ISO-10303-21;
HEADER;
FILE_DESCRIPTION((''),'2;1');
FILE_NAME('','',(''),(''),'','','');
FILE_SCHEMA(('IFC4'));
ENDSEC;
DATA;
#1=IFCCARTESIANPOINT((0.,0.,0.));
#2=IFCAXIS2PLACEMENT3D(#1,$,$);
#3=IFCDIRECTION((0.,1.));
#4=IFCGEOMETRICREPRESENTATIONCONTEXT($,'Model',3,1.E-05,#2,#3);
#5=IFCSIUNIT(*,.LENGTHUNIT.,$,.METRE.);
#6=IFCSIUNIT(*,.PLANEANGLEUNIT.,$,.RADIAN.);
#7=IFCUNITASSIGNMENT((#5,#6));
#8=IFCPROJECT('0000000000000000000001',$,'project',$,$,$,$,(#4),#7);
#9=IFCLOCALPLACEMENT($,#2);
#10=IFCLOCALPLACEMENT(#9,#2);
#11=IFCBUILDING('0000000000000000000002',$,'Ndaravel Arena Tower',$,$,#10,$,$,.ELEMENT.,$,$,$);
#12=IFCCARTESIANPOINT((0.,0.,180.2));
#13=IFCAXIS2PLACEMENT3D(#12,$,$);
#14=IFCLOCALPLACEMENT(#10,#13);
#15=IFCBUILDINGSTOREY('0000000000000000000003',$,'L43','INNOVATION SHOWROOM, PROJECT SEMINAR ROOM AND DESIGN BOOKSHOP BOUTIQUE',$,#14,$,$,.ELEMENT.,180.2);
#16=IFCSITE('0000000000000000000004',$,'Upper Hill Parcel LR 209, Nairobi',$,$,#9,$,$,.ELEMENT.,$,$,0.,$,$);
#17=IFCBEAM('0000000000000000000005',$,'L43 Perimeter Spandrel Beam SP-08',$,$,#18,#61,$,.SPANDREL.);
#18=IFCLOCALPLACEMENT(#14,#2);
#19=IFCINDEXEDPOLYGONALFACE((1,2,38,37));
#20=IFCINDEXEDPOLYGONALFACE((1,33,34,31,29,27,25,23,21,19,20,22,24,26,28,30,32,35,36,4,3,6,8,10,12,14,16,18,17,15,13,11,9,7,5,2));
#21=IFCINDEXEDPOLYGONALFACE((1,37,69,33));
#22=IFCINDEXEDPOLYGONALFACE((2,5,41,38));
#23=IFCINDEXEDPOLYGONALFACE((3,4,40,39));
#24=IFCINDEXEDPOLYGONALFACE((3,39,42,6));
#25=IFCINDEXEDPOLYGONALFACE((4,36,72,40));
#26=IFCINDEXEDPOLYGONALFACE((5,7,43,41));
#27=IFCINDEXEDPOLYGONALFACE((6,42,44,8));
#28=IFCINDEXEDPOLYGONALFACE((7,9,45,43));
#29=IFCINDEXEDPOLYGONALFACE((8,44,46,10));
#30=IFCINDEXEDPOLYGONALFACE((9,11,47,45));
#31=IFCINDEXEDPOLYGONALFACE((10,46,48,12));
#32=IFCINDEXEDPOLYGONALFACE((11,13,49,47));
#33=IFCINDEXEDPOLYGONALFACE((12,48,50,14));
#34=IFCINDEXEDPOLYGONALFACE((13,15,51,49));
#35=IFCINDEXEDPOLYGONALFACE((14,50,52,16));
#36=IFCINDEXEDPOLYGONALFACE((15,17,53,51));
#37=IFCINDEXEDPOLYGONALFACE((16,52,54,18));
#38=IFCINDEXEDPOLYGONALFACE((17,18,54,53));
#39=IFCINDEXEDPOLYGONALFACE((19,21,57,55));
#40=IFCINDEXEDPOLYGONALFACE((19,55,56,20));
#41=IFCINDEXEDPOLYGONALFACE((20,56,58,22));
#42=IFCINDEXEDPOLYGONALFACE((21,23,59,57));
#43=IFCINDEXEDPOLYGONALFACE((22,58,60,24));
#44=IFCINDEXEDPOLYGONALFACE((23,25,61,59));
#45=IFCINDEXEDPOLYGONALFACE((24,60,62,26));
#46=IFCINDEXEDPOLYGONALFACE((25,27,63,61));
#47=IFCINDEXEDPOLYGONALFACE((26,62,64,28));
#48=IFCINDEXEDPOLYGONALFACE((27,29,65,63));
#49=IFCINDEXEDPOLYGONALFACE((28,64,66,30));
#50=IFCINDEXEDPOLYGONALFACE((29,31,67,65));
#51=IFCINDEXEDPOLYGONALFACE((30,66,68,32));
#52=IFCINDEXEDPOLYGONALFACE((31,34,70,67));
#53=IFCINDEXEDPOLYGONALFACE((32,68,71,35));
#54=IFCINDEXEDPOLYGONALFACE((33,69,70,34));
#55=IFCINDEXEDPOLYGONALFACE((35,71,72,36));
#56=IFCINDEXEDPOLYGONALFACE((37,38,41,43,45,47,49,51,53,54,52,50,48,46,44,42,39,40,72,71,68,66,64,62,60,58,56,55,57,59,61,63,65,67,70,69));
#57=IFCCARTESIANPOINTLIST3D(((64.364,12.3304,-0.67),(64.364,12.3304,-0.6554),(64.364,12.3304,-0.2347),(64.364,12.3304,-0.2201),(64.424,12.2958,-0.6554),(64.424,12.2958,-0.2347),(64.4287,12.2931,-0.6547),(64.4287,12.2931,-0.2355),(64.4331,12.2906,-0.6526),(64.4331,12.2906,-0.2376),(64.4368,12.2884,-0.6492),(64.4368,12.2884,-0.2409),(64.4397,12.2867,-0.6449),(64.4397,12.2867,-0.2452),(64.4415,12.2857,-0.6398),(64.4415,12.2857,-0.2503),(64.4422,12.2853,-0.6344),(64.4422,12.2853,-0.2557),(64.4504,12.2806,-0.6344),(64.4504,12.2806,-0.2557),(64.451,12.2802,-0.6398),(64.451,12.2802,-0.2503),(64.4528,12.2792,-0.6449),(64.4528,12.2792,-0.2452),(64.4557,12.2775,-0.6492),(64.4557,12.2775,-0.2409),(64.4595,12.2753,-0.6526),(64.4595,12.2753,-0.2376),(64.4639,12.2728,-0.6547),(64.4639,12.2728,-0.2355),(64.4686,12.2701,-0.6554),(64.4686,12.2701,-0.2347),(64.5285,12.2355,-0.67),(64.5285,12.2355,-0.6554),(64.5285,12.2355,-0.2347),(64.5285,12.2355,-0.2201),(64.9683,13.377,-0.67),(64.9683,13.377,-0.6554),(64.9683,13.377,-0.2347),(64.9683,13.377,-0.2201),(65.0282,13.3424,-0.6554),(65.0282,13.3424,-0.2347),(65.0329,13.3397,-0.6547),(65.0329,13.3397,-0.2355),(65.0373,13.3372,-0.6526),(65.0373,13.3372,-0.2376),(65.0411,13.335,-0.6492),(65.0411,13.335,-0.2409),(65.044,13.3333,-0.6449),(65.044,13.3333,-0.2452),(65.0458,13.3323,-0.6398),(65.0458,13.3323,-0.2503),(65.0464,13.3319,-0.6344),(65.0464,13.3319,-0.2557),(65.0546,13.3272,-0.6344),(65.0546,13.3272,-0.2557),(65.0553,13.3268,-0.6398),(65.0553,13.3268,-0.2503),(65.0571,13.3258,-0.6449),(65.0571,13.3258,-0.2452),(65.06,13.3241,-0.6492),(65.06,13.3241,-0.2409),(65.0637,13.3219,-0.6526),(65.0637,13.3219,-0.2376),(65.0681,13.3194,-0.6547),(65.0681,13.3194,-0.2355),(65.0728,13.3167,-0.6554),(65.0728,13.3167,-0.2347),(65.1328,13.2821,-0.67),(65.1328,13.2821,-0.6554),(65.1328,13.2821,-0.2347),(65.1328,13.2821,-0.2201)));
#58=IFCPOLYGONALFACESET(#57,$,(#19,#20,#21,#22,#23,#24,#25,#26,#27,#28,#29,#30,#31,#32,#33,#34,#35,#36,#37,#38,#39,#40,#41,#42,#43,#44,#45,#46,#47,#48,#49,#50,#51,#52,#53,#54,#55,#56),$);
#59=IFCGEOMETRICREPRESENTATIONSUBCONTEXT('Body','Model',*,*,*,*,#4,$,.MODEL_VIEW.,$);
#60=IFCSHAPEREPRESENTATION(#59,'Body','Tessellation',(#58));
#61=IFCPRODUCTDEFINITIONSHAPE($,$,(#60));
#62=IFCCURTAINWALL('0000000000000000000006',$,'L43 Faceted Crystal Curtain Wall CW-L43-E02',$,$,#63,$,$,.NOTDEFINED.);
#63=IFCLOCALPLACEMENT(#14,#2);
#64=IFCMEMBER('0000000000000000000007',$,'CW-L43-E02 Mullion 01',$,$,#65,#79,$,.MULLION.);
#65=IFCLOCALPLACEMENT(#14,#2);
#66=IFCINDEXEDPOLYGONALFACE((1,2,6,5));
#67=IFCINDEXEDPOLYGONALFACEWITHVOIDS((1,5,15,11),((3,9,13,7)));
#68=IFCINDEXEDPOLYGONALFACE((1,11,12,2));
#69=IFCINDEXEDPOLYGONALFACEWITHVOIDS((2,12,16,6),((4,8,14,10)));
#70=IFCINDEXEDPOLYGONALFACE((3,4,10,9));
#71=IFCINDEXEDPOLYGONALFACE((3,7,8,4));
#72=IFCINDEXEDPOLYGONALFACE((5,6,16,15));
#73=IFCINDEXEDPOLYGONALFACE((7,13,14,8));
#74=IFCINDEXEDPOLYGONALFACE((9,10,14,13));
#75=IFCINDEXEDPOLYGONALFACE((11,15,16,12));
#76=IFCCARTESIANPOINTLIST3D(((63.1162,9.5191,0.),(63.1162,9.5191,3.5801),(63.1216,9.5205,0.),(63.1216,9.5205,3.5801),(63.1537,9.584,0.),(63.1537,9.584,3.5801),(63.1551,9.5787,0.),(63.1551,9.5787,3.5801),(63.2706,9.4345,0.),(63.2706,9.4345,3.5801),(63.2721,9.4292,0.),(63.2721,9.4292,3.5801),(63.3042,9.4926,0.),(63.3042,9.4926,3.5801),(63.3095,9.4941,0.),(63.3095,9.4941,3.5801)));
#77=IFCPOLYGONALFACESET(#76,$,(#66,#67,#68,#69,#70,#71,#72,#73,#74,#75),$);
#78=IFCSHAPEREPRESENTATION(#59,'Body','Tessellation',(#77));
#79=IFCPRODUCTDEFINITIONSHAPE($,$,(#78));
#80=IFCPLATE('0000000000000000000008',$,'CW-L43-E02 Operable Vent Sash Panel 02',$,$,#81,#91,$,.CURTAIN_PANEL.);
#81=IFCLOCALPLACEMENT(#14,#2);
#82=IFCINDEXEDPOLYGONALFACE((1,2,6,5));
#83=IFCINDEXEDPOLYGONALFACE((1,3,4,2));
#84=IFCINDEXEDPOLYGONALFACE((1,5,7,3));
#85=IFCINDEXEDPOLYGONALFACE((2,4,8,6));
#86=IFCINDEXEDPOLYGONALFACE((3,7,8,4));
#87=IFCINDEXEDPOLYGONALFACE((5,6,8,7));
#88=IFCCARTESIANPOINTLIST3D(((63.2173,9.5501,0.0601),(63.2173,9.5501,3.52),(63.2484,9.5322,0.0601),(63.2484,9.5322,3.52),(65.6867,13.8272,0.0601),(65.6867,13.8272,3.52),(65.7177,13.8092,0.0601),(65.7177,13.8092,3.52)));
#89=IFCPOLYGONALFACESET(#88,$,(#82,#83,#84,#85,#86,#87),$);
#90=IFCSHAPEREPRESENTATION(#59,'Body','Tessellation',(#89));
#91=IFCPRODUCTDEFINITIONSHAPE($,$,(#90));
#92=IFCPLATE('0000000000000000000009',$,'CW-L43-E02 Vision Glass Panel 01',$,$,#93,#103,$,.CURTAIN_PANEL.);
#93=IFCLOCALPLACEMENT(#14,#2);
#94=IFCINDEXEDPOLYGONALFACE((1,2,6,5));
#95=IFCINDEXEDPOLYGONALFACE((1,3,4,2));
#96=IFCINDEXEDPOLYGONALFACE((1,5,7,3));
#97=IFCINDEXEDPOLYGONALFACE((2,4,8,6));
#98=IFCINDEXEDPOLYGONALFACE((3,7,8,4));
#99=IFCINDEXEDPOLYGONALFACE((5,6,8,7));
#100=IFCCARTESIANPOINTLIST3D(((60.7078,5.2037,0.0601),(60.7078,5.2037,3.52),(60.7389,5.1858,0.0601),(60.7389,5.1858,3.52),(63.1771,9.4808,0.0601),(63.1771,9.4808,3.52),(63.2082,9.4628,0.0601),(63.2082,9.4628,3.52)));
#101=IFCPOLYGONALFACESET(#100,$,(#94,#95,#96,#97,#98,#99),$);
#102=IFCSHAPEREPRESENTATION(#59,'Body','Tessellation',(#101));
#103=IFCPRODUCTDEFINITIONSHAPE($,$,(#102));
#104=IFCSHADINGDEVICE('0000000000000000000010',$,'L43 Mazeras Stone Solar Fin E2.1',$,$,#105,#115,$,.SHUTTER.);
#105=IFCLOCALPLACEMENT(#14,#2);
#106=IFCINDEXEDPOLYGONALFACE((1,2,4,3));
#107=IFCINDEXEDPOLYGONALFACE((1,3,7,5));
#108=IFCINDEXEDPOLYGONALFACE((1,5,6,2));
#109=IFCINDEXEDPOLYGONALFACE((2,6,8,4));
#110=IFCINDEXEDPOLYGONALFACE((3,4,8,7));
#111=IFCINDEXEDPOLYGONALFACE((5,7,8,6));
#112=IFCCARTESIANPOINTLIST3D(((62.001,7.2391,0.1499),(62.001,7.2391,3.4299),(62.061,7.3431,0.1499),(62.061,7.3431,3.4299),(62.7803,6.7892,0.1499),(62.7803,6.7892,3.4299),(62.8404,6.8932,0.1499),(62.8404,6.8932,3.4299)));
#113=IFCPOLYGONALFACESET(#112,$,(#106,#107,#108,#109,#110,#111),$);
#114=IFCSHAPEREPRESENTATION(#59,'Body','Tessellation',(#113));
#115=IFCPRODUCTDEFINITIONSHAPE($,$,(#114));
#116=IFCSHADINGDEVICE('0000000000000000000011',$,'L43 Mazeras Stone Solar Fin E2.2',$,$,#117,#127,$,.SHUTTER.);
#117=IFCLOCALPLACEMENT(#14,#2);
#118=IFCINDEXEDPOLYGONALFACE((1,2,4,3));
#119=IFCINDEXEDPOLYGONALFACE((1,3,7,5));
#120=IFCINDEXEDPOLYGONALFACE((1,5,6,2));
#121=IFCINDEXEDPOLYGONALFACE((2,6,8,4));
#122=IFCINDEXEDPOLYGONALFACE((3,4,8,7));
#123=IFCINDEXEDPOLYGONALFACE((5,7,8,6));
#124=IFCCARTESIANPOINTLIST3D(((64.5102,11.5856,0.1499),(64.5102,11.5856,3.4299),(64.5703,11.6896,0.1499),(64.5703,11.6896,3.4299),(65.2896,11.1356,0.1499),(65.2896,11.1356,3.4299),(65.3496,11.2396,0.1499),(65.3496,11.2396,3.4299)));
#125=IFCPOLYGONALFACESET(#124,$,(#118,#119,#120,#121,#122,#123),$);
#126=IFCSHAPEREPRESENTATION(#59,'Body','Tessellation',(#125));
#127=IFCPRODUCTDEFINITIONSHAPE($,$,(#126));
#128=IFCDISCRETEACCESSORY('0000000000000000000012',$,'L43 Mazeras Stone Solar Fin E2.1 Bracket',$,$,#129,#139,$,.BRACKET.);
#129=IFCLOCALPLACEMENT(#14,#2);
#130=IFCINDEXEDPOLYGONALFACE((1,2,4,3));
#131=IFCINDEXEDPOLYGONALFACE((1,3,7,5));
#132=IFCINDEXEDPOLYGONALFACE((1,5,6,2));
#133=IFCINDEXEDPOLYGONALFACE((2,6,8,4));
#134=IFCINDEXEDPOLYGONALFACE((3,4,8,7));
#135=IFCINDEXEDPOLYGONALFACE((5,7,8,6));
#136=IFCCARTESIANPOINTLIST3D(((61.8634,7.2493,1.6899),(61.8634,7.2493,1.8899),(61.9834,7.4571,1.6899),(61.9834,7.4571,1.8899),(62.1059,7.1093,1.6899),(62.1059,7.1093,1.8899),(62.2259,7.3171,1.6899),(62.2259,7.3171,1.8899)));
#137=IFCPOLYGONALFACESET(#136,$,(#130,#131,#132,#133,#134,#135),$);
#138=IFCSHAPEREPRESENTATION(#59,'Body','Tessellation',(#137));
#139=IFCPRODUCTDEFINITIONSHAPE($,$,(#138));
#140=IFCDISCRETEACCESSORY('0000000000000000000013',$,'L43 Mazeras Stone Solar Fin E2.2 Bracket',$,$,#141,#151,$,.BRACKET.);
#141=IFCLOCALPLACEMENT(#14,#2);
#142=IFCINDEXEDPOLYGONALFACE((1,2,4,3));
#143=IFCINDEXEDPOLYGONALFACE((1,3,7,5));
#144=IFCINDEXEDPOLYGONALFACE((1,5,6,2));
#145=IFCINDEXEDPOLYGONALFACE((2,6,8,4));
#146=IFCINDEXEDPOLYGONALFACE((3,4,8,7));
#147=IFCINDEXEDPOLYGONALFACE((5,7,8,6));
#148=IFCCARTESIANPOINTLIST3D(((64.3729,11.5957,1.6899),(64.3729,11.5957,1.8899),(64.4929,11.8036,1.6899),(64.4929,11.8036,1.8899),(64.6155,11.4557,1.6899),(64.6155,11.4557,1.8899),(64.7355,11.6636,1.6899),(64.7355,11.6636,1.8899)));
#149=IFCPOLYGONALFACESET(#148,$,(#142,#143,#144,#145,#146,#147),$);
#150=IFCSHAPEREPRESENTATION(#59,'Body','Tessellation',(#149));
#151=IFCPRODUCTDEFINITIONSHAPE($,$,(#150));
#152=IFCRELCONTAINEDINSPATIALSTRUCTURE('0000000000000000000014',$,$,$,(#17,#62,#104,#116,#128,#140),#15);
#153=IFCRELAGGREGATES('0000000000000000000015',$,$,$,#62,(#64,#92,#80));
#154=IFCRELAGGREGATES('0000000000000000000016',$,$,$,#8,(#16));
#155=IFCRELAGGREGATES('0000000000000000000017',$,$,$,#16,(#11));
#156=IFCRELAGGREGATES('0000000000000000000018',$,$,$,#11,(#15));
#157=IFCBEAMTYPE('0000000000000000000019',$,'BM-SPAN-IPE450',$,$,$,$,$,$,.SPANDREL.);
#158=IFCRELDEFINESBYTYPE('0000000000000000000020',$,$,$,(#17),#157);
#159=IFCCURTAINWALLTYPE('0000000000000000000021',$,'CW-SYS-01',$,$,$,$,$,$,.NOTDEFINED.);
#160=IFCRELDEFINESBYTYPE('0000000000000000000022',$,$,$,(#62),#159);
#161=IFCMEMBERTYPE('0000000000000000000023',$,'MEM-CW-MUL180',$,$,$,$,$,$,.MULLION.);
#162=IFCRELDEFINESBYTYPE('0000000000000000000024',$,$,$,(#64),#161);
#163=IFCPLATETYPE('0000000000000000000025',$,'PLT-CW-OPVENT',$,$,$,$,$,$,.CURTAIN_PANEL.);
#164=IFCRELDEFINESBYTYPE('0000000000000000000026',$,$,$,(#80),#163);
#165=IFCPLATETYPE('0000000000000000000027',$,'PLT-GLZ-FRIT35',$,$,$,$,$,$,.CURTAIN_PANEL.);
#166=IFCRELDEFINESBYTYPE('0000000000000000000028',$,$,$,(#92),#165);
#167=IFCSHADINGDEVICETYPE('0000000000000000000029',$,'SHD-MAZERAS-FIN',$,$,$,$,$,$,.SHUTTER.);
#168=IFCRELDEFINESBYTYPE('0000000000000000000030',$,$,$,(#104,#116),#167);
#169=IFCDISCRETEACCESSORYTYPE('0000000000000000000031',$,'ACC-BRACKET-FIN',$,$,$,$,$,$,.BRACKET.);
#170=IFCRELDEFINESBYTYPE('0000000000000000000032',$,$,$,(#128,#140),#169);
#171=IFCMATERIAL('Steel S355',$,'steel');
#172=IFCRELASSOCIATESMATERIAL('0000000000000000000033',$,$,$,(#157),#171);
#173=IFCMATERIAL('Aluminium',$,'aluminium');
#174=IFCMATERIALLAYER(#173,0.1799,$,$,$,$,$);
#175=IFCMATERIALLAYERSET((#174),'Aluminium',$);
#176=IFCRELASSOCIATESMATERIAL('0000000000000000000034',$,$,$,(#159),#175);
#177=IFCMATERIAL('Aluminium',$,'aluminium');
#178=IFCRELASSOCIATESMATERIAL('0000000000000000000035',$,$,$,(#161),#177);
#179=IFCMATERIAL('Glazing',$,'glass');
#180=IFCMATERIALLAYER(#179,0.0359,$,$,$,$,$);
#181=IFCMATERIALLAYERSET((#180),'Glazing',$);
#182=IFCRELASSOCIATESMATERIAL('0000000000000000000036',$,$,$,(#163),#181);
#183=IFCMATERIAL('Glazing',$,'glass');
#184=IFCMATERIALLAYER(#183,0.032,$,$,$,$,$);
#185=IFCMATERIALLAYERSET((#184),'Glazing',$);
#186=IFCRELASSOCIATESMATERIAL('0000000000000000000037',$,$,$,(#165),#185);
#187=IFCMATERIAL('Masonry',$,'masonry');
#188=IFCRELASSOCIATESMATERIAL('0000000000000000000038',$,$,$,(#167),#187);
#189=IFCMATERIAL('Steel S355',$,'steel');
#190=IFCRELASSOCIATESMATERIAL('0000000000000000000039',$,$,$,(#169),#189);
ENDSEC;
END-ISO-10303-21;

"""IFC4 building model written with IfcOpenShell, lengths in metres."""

from ifc_helpers import new_model, si_unit, direction, frame, origin, origin_2d, place, context, subcontext, project, spatial, rectangle, hollow_rectangle, i_section, extrude, material, layer, layer_set, material_profile, profile_set, type_object, element, aggregate, save


model = new_model("IFC4")

# Units and contexts
model_context = context("Model", 3, precision=1e-05, world=origin(), true_north=direction((0.0, 1.0)))
body_context = subcontext(model_context, "Body", "Model", "MODEL_VIEW")
ifc_project = project(units=[si_unit("LENGTHUNIT", "METRE"), si_unit("PLANEANGLEUNIT", "RADIAN")], contexts=[model_context])

# Site, building, storey
site_placement = place(None, origin())
site = spatial("IfcSite", under=ifc_project, at=site_placement, Name="Upper Hill Parcel LR 209, Nairobi", CompositionType="ELEMENT", RefElevation=0.0)
building_placement = place(site_placement, origin())
building = spatial("IfcBuilding", under=site, at=building_placement, Name="Ndaravel Arena Tower", CompositionType="ELEMENT")
storey_placement = place(building_placement, frame((0.0, 0.0, 180.2)))
storey = spatial("IfcBuildingStorey", under=building, at=storey_placement, Name="L43", Description="INNOVATION SHOWROOM, PROJECT SEMINAR ROOM AND DESIGN BOOKSHOP BOUTIQUE", CompositionType="ELEMENT", Elevation=180.2)

# Beam
ifc_material_1 = material(Name="Steel S355", Category="steel")
ifc_material_profile_1 = material_profile(ifc_material_1, i_section(OverallWidth=0.1899, OverallDepth=0.45, WebThickness=0.0095, FlangeThickness=0.0146, FilletRadius=0.021, at=origin_2d()), Name="IPE 450")
ifc_profile_set_1 = profile_set([ifc_material_profile_1], Name="Steel S355")
beam_type = type_object("IfcBeamType", Name="BM-SPAN-IPE450", PredefinedType="SPANDREL", material=ifc_profile_set_1)
for number, where, z_axis, x_axis, name in (
    (1, (64.4463, 12.283, -0.4451), (0.499985, 0.866034, 0.0), (-0.866034, 0.499985, 0.0), "L43 Perimeter Spandrel Beam SP-08"),
):
    element("IfcBeam", number, at=place(storey_placement, frame(where, z_axis=z_axis, x_axis=x_axis)), inside=storey, type_object=beam_type, Name=name, PredefinedType="SPANDREL", context=body_context, shape_type="SweptSolid", body=[
        extrude(i_section(OverallWidth=0.1899, OverallDepth=0.45, WebThickness=0.0095, FlangeThickness=0.0146, FilletRadius=0.021, at=origin_2d()), origin(), (0.0, 0.0, 1.0), 1.2085),
    ])

# Curtain wall, member, plates
ifc_material_2 = material(Name="Aluminium", Category="aluminium")
ifc_layer_1 = layer(ifc_material_2, 0.1799)
ifc_layer_set_1 = layer_set([ifc_layer_1], Name="Aluminium")
curtain_wall_type = type_object("IfcCurtainWallType", Name="CW-SYS-01", PredefinedType="NOTDEFINED", material=ifc_layer_set_1)
curtain_wall_placement = place(storey_placement, origin())
curtain_wall = element("IfcCurtainWall", 2, at=curtain_wall_placement, inside=storey, type_object=curtain_wall_type, Name="L43 Faceted Crystal Curtain Wall CW-L43-E02", PredefinedType="NOTDEFINED")
ifc_material_3 = material(Name="Aluminium", Category="aluminium")
ifc_material_profile_2 = material_profile(ifc_material_3, hollow_rectangle(XDim=0.075, YDim=0.1799, WallThickness=0.0039, at=origin_2d()), Name="CW MULLION 75x180x4")
ifc_profile_set_2 = profile_set([ifc_material_profile_2], Name="Aluminium")
member_type = type_object("IfcMemberType", Name="MEM-CW-MUL180", PredefinedType="MULLION", material=ifc_profile_set_2)
member_placement = place(storey_placement, frame((63.2129, 9.5066, 0.0), z_axis=(0.0, 0.0, 1.0), x_axis=(0.5, 0.866025, 0.0)))
member = element("IfcMember", 3, at=member_placement, type_object=member_type, Name="CW-L43-E02 Mullion 01", PredefinedType="MULLION", context=body_context, shape_type="SweptSolid", body=[
    extrude(hollow_rectangle(XDim=0.075, YDim=0.1799, WallThickness=0.0039, at=origin_2d()), origin(), (0.0, 0.0, 1.0), 3.5801),
])
ifc_material_4 = material(Name="Glazing", Category="glass")
ifc_layer_2 = layer(ifc_material_4, 0.0359)
ifc_layer_set_2 = layer_set([ifc_layer_2], Name="Glazing")
plate_type_1 = type_object("IfcPlateType", Name="PLT-CW-OPVENT", PredefinedType="CURTAIN_PANEL", material=ifc_layer_set_2)
plate_1_placement = place(storey_placement, frame((64.4675, 11.6797, 0.0601), z_axis=(0.0, 0.0, 1.0), x_axis=(0.5, 0.866025, 0.0)))
plate_1 = element("IfcPlate", 4, at=plate_1_placement, type_object=plate_type_1, Name="CW-L43-E02 Operable Vent Sash Panel 02", PredefinedType="CURTAIN_PANEL", context=body_context, shape_type="SweptSolid", body=[
    extrude(rectangle(XDim=4.9387, YDim=0.0359, at=origin_2d()), origin(), (0.0, 0.0, 1.0), 3.46),
])
ifc_material_5 = material(Name="Glazing", Category="glass")
ifc_layer_3 = layer(ifc_material_5, 0.032)
ifc_layer_set_3 = layer_set([ifc_layer_3], Name="Glazing")
plate_type_2 = type_object("IfcPlateType", Name="PLT-GLZ-FRIT35", PredefinedType="CURTAIN_PANEL", material=ifc_layer_set_3)
plate_2_placement = place(storey_placement, frame((61.958, 7.3333, 0.0601), z_axis=(0.0, 0.0, 1.0), x_axis=(0.5, 0.866025, 0.0)))
plate_2 = element("IfcPlate", 5, at=plate_2_placement, type_object=plate_type_2, Name="CW-L43-E02 Vision Glass Panel 01", PredefinedType="CURTAIN_PANEL", context=body_context, shape_type="SweptSolid", body=[
    extrude(rectangle(XDim=4.9387, YDim=0.0359, at=origin_2d()), origin(), (0.0, 0.0, 1.0), 3.46),
])
aggregate(curtain_wall, [member, plate_2, plate_1])

# Shading devices
ifc_material_6 = material(Name="Masonry", Category="masonry")
shading_device_type = type_object("IfcShadingDeviceType", Name="SHD-MAZERAS-FIN", PredefinedType="SHUTTER", material=ifc_material_6)
for number, where, z_axis, x_axis, name in (
    (6, (62.4207, 7.0662, 0.1499), (0.0, 0.0, 1.0), (0.866025, -0.5, 0.0), "L43 Mazeras Stone Solar Fin E2.1"),
    (7, (64.9299, 11.4126, 0.1499), (0.0, 0.0, 1.0), (0.866025, -0.5, 0.0), "L43 Mazeras Stone Solar Fin E2.2"),
):
    element("IfcShadingDevice", number, at=place(storey_placement, frame(where, z_axis=z_axis, x_axis=x_axis)), inside=storey, type_object=shading_device_type, Name=name, PredefinedType="SHUTTER", context=body_context, shape_type="SweptSolid", body=[
        extrude(rectangle(XDim=0.8999, YDim=0.1201, at=origin_2d()), origin(), (0.0, 0.0, 1.0), 3.28),
    ])

# Discrete accessories
ifc_material_7 = material(Name="Steel S355", Category="steel")
discrete_accessory_type = type_object("IfcDiscreteAccessoryType", Name="ACC-BRACKET-FIN", PredefinedType="BRACKET", material=ifc_material_7)
for number, where, z_axis, x_axis, name in (
    (8, (62.0447, 7.2832, 1.6899), (0.0, 0.0, 1.0), (0.866025, -0.5, 0.0), "L43 Mazeras Stone Solar Fin E2.1 Bracket"),
    (9, (64.5542, 11.6296, 1.6899), (0.0, 0.0, 1.0), (0.866025, -0.5, 0.0), "L43 Mazeras Stone Solar Fin E2.2 Bracket"),
):
    element("IfcDiscreteAccessory", number, at=place(storey_placement, frame(where, z_axis=z_axis, x_axis=x_axis)), inside=storey, type_object=discrete_accessory_type, Name=name, PredefinedType="BRACKET", context=body_context, shape_type="SweptSolid", body=[
        extrude(rectangle(XDim=0.28, YDim=0.24, at=origin_2d()), origin(), (0.0, 0.0, 1.0), 0.2),
    ])

save(model, "model.ifc")
